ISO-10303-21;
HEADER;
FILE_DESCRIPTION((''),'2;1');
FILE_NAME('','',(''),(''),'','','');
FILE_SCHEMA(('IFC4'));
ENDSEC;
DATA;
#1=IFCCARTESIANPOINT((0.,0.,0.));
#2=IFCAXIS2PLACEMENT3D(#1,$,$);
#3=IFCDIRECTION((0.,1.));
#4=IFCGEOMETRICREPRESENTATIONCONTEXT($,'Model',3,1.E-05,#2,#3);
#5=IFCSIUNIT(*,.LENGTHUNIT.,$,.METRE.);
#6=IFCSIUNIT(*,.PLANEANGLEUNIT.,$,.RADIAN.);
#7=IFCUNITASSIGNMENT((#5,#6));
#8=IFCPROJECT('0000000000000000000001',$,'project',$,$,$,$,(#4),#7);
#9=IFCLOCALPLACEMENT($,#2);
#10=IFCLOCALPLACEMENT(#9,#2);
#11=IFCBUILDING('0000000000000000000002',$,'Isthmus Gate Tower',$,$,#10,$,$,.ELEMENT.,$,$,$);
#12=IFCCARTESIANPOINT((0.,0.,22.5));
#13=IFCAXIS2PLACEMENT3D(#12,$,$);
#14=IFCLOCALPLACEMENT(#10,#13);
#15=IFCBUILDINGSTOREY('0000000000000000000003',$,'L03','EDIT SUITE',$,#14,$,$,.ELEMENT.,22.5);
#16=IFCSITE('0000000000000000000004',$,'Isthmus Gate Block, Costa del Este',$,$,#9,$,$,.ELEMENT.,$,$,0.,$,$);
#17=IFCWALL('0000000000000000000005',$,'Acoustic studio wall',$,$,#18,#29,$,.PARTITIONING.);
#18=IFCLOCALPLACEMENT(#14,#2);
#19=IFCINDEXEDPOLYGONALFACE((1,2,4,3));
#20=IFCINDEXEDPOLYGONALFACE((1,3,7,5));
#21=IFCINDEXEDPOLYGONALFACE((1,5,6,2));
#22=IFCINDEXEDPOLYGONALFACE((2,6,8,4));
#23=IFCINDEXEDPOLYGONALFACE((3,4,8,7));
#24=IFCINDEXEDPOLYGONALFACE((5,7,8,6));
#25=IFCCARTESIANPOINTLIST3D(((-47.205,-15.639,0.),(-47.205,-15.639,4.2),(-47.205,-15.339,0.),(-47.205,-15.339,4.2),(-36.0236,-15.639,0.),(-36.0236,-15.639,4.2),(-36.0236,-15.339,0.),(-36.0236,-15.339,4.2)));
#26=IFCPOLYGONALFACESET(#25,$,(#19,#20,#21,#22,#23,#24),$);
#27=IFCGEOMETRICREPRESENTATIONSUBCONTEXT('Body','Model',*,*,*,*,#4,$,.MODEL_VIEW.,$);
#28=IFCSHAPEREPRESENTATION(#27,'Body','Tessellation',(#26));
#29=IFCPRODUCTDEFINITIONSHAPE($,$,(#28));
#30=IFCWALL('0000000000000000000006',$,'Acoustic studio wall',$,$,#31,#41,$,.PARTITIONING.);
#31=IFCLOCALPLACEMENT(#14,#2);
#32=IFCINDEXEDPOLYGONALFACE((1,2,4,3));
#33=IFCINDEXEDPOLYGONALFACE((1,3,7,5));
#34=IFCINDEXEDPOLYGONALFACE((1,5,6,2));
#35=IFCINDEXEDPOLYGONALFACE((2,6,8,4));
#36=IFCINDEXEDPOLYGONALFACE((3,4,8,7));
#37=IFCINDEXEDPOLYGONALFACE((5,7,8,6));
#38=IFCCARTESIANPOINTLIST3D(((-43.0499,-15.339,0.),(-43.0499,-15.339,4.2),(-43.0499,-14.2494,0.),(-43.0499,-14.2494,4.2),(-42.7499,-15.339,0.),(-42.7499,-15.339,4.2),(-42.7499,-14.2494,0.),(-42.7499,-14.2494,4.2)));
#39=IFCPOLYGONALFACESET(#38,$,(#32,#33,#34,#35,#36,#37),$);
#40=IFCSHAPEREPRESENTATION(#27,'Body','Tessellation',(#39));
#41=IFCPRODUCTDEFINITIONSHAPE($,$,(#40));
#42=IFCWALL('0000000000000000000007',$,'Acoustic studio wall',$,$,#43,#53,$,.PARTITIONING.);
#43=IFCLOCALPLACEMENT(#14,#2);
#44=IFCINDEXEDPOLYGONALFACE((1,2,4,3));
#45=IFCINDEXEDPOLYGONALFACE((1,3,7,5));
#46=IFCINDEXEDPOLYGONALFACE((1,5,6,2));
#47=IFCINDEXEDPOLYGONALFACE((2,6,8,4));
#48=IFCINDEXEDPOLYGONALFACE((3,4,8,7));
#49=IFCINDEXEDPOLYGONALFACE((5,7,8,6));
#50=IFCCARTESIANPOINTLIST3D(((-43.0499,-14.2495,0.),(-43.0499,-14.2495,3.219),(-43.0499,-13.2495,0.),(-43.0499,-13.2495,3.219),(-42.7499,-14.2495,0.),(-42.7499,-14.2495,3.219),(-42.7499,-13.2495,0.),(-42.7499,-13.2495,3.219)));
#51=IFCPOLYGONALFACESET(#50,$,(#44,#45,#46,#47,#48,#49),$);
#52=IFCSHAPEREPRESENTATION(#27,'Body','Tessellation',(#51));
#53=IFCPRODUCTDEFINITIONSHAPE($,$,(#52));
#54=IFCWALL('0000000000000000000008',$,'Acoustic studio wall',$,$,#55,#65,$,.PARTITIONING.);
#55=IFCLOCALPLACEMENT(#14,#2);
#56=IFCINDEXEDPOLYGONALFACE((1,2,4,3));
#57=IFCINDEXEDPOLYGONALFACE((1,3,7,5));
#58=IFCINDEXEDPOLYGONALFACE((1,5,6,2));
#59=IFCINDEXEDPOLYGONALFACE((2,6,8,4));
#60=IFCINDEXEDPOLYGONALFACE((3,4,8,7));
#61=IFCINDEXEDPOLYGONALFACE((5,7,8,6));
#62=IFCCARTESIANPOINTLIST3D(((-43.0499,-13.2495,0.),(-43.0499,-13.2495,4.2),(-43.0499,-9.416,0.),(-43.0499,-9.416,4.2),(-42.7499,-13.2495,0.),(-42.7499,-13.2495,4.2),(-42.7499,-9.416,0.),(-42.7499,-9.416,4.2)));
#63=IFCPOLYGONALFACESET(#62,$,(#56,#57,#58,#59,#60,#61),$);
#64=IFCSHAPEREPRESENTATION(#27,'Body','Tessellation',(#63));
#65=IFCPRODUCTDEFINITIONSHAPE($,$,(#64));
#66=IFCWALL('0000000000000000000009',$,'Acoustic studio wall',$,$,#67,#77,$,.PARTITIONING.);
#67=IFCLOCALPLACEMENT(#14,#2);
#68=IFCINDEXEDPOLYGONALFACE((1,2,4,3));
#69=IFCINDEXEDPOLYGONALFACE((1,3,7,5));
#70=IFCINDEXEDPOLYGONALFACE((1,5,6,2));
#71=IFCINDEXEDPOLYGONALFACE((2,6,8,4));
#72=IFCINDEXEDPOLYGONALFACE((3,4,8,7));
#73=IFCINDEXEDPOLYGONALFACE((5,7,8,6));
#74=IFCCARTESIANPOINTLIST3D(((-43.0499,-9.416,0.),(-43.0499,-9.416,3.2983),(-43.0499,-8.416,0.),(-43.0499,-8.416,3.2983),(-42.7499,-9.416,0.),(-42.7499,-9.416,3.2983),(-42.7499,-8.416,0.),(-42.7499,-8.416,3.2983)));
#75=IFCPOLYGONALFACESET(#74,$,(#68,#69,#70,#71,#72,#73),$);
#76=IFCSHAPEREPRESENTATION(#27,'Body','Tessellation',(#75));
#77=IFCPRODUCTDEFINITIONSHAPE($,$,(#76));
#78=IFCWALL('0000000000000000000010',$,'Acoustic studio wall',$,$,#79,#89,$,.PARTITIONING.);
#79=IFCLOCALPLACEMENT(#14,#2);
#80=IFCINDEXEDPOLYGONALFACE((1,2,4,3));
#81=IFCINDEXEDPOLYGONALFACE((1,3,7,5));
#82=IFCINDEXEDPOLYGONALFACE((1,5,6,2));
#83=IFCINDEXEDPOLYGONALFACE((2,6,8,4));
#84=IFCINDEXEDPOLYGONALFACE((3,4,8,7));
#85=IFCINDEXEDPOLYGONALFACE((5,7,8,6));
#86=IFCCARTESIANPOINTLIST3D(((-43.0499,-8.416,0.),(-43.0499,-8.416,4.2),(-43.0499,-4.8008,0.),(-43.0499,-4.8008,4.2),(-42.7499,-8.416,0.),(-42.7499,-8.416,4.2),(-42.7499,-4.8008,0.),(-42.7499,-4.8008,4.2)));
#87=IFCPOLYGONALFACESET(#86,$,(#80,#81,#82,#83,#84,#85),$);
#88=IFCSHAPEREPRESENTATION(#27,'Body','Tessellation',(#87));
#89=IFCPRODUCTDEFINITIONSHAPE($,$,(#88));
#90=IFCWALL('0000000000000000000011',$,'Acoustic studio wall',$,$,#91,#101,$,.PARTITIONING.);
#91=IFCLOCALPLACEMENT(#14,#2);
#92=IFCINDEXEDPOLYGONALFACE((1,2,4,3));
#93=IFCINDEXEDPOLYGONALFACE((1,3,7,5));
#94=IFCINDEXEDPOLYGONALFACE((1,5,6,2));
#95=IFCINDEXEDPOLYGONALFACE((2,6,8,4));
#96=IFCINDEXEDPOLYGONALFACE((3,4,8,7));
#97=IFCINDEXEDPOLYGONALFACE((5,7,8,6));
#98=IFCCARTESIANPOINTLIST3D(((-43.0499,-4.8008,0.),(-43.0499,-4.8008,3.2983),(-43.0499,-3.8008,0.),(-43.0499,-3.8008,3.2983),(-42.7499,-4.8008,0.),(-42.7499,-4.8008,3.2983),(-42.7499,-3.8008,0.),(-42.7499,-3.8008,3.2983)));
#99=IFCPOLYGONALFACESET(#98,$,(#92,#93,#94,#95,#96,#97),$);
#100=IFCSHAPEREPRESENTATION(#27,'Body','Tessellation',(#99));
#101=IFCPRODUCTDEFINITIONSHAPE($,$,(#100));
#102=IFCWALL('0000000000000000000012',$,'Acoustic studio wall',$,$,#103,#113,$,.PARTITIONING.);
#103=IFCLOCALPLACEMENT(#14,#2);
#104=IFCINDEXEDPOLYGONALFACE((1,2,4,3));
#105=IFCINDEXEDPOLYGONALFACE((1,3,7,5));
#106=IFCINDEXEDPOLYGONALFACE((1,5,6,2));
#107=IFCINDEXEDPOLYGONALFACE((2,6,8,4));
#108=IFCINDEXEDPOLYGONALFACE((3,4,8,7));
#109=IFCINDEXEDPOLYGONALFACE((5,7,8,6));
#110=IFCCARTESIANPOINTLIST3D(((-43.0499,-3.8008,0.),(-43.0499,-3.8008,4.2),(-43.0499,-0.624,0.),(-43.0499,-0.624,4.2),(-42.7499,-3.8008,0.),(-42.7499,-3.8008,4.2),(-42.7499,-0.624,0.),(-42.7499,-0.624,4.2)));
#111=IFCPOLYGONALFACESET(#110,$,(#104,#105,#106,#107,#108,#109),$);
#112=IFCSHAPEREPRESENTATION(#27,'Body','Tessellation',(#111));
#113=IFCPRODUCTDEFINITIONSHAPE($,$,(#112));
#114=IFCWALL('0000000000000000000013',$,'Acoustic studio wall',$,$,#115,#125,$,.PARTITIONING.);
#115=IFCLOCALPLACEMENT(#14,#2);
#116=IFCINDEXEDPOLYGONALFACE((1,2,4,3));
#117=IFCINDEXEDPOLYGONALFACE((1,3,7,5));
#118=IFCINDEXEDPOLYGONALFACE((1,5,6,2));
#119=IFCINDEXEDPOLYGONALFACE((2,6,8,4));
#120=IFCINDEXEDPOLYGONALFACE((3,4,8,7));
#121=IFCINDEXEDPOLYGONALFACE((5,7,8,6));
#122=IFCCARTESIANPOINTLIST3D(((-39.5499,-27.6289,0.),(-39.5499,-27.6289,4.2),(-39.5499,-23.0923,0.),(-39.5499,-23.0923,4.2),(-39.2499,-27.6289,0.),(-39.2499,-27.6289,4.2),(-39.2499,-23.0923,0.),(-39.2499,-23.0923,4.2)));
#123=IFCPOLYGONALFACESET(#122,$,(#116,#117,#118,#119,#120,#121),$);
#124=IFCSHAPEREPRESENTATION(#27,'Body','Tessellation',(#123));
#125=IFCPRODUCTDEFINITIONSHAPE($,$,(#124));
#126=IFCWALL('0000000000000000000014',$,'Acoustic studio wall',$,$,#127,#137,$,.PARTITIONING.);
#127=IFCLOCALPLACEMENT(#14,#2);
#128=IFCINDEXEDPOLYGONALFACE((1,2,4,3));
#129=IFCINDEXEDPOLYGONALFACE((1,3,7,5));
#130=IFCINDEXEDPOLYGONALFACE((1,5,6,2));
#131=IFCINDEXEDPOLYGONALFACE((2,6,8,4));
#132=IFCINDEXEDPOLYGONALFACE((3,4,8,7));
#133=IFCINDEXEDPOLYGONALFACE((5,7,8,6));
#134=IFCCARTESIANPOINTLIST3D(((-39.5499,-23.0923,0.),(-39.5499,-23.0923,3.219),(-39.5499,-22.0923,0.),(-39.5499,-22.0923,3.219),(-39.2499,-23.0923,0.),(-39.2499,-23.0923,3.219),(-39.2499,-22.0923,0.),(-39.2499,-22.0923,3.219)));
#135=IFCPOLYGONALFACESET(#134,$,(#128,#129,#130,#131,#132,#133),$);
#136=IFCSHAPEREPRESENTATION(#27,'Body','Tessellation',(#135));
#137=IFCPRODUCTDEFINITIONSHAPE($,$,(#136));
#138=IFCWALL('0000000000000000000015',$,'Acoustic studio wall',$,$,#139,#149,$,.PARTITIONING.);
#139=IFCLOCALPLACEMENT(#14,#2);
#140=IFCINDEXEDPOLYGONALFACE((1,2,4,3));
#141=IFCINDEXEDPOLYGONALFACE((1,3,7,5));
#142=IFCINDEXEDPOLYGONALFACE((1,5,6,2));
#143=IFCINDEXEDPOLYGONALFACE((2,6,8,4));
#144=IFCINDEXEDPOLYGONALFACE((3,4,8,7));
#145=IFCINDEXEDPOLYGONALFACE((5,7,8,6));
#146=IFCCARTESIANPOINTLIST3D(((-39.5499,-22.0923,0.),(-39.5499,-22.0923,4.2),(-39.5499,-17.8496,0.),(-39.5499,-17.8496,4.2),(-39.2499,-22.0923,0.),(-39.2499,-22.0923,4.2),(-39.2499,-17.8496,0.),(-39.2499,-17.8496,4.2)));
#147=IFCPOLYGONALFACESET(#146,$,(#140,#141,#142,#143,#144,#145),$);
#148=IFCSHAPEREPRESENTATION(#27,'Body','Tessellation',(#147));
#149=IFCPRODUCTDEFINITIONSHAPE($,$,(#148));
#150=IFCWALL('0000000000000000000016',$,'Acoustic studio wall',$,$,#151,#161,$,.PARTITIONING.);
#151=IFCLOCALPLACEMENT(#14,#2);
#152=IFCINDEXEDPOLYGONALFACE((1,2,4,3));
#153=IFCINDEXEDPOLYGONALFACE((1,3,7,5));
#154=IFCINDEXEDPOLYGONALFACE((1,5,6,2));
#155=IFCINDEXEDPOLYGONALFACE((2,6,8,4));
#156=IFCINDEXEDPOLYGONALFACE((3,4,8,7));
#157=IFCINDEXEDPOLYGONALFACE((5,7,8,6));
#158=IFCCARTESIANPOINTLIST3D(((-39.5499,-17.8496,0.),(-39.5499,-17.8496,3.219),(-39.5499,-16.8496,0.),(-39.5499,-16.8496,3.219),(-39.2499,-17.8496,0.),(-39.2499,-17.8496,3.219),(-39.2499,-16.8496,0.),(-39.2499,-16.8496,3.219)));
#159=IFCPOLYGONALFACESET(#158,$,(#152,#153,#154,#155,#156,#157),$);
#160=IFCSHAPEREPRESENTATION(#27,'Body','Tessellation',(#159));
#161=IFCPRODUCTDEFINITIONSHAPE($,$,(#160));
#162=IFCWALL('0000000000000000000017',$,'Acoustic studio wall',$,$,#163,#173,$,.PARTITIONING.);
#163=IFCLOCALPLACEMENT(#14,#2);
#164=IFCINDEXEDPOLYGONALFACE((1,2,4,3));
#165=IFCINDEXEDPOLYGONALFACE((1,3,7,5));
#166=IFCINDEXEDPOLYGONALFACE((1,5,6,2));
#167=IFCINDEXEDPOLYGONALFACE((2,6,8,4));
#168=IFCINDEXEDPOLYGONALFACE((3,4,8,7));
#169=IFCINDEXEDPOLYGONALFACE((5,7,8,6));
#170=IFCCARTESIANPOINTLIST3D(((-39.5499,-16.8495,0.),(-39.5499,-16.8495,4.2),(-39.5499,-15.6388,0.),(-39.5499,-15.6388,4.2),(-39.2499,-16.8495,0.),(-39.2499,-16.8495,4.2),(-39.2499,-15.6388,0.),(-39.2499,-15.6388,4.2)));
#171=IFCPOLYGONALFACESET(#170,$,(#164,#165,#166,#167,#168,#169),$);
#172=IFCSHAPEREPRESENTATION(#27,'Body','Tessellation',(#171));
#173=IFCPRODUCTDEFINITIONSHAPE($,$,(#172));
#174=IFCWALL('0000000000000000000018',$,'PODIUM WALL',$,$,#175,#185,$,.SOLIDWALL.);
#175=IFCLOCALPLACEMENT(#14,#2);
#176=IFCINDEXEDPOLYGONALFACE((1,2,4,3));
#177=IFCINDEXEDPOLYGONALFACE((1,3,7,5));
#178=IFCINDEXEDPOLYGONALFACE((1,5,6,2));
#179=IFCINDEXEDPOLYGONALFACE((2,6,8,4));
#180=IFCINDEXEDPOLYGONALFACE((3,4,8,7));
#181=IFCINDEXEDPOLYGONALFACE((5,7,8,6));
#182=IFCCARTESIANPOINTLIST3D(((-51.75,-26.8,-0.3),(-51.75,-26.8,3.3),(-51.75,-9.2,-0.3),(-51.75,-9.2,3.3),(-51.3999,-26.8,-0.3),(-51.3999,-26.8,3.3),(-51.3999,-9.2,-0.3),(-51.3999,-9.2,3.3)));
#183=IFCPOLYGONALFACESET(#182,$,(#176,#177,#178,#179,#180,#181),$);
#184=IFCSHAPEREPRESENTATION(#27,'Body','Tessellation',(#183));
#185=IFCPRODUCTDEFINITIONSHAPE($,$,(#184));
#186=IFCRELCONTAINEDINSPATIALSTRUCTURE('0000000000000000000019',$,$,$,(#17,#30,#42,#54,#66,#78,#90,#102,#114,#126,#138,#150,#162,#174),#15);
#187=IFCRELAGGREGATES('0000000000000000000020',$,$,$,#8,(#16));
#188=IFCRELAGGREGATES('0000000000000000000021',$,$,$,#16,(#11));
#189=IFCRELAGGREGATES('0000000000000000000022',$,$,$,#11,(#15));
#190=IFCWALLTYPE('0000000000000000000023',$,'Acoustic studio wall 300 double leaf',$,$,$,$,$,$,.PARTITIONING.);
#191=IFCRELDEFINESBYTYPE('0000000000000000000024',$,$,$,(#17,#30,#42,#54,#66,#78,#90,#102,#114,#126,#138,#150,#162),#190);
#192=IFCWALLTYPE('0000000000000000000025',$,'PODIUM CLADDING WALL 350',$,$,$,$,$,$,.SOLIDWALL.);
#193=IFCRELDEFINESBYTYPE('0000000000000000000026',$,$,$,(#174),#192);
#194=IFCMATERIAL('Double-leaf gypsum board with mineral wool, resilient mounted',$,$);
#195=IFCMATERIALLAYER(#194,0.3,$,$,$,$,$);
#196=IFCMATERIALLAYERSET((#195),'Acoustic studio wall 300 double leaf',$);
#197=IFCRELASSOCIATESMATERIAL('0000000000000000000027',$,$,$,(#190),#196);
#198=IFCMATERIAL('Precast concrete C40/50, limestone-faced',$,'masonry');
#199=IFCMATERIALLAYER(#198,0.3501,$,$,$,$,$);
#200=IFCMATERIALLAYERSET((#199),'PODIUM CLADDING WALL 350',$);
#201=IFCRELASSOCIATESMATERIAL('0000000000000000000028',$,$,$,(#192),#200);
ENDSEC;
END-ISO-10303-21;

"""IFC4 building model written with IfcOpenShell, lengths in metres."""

from ifc_helpers import new_model, si_unit, direction, frame, frame_2d, origin, place, context, subcontext, project, spatial, rectangle, extrude, material, layer, layer_set, type_object, element, save


model = new_model("IFC4")

# Units and contexts
model_context = context("Model", 3, precision=1e-05, world=origin(), true_north=direction((0.0, 1.0)))
body_context = subcontext(model_context, "Body", "Model", "MODEL_VIEW")
ifc_project = project(units=[si_unit("LENGTHUNIT", "METRE"), si_unit("PLANEANGLEUNIT", "RADIAN")], contexts=[model_context])

# Site, building, storey
site_placement = place(None, origin())
site = spatial("IfcSite", under=ifc_project, at=site_placement, Name="Isthmus Gate Block, Costa del Este", CompositionType="ELEMENT", RefElevation=0.0)
building_placement = place(site_placement, origin())
building = spatial("IfcBuilding", under=site, at=building_placement, Name="Isthmus Gate Tower", CompositionType="ELEMENT")
storey_placement = place(building_placement, frame((0.0, 0.0, 22.5)))
storey = spatial("IfcBuildingStorey", under=building, at=storey_placement, Name="L03", Description="EDIT SUITE", CompositionType="ELEMENT", Elevation=22.5)

# Walls
ifc_material_1 = material(Name="Double-leaf gypsum board with mineral wool, resilient mounted")
ifc_layer_1 = layer(ifc_material_1, 0.3)
ifc_layer_set_1 = layer_set([ifc_layer_1], Name="Acoustic studio wall 300 double leaf")
wall_type_1 = type_object("IfcWallType", Name="Acoustic studio wall 300 double leaf", PredefinedType="PARTITIONING", material=ifc_layer_set_1)
wall_1_placement = place(storey_placement, frame((-47.2051, -15.489, 0.0), z_axis=(0.0, 0.0, 1.0), x_axis=(1.0, 0.0, 0.0)))
element("IfcWall", 1, at=wall_1_placement, inside=storey, type_object=wall_type_1, Name="Acoustic studio wall", PredefinedType="PARTITIONING", context=body_context, shape_type="SweptSolid", body=[
    extrude(rectangle(XDim=11.1814, YDim=0.3, at=frame_2d((5.5908, 0.0))), origin(), (0.0, 0.0, 1.0), 4.2),
])
wall_2_placement = place(storey_placement, frame((-42.8999, -15.3391, 0.0), z_axis=(0.0, 0.0, 1.0), x_axis=(0.0, 1.0, 0.0)))
element("IfcWall", 2, at=wall_2_placement, inside=storey, type_object=wall_type_1, Name="Acoustic studio wall", PredefinedType="PARTITIONING", context=body_context, shape_type="SweptSolid", body=[
    extrude(rectangle(XDim=1.0896, YDim=0.3, at=frame_2d((0.5449, 0.0))), origin(), (0.0, 0.0, 1.0), 4.2),
])
wall_3_placement = place(storey_placement, frame((-42.8999, -14.2495, 0.0), z_axis=(0.0, 0.0, 1.0), x_axis=(0.0, 1.0, 0.0)))
element("IfcWall", 3, at=wall_3_placement, inside=storey, type_object=wall_type_1, Name="Acoustic studio wall", PredefinedType="PARTITIONING", context=body_context, shape_type="SweptSolid", body=[
    extrude(rectangle(XDim=1.0, YDim=0.3, at=frame_2d((0.5, 0.0))), origin(), (0.0, 0.0, 1.0), 3.219),
])
wall_4_placement = place(storey_placement, frame((-42.8999, -13.2495, 0.0), z_axis=(0.0, 0.0, 1.0), x_axis=(0.0, 1.0, 0.0)))
element("IfcWall", 4, at=wall_4_placement, inside=storey, type_object=wall_type_1, Name="Acoustic studio wall", PredefinedType="PARTITIONING", context=body_context, shape_type="SweptSolid", body=[
    extrude(rectangle(XDim=3.8335, YDim=0.3, at=frame_2d((1.9167, 0.0))), origin(), (0.0, 0.0, 1.0), 4.2),
])
wall_5_placement = place(storey_placement, frame((-42.8999, -9.416, 0.0), z_axis=(0.0, 0.0, 1.0), x_axis=(0.0, 1.0, 0.0)))
element("IfcWall", 5, at=wall_5_placement, inside=storey, type_object=wall_type_1, Name="Acoustic studio wall", PredefinedType="PARTITIONING", context=body_context, shape_type="SweptSolid", body=[
    extrude(rectangle(XDim=1.0, YDim=0.3, at=frame_2d((0.5, 0.0))), origin(), (0.0, 0.0, 1.0), 3.2983),
])
wall_6_placement = place(storey_placement, frame((-42.8999, -8.416, 0.0), z_axis=(0.0, 0.0, 1.0), x_axis=(0.0, 1.0, 0.0)))
element("IfcWall", 6, at=wall_6_placement, inside=storey, type_object=wall_type_1, Name="Acoustic studio wall", PredefinedType="PARTITIONING", context=body_context, shape_type="SweptSolid", body=[
    extrude(rectangle(XDim=3.6152, YDim=0.3, at=frame_2d((1.8076, 0.0))), origin(), (0.0, 0.0, 1.0), 4.2),
])
wall_7_placement = place(storey_placement, frame((-42.8999, -4.8008, 0.0), z_axis=(0.0, 0.0, 1.0), x_axis=(0.0, 1.0, 0.0)))
element("IfcWall", 7, at=wall_7_placement, inside=storey, type_object=wall_type_1, Name="Acoustic studio wall", PredefinedType="PARTITIONING", context=body_context, shape_type="SweptSolid", body=[
    extrude(rectangle(XDim=1.0, YDim=0.3, at=frame_2d((0.5, 0.0))), origin(), (0.0, 0.0, 1.0), 3.2983),
])
wall_8_placement = place(storey_placement, frame((-42.8999, -3.8008, 0.0), z_axis=(0.0, 0.0, 1.0), x_axis=(0.0, 1.0, 0.0)))
element("IfcWall", 8, at=wall_8_placement, inside=storey, type_object=wall_type_1, Name="Acoustic studio wall", PredefinedType="PARTITIONING", context=body_context, shape_type="SweptSolid", body=[
    extrude(rectangle(XDim=3.1768, YDim=0.3, at=frame_2d((1.5884, 0.0))), origin(), (0.0, 0.0, 1.0), 4.2),
])
wall_9_placement = place(storey_placement, frame((-39.3999, -27.6289, 0.0), z_axis=(0.0, 0.0, 1.0), x_axis=(0.0, 1.0, 0.0)))
element("IfcWall", 9, at=wall_9_placement, inside=storey, type_object=wall_type_1, Name="Acoustic studio wall", PredefinedType="PARTITIONING", context=body_context, shape_type="SweptSolid", body=[
    extrude(rectangle(XDim=4.5366, YDim=0.3, at=frame_2d((2.2683, 0.0))), origin(), (0.0, 0.0, 1.0), 4.2),
])
wall_10_placement = place(storey_placement, frame((-39.3999, -23.0923, 0.0), z_axis=(0.0, 0.0, 1.0), x_axis=(0.0, 1.0, 0.0)))
element("IfcWall", 10, at=wall_10_placement, inside=storey, type_object=wall_type_1, Name="Acoustic studio wall", PredefinedType="PARTITIONING", context=body_context, shape_type="SweptSolid", body=[
    extrude(rectangle(XDim=1.0, YDim=0.3, at=frame_2d((0.5, 0.0))), origin(), (0.0, 0.0, 1.0), 3.219),
])
wall_11_placement = place(storey_placement, frame((-39.3999, -22.0923, 0.0), z_axis=(0.0, 0.0, 1.0), x_axis=(0.0, 1.0, 0.0)))
element("IfcWall", 11, at=wall_11_placement, inside=storey, type_object=wall_type_1, Name="Acoustic studio wall", PredefinedType="PARTITIONING", context=body_context, shape_type="SweptSolid", body=[
    extrude(rectangle(XDim=4.2427, YDim=0.3, at=frame_2d((2.1213, 0.0))), origin(), (0.0, 0.0, 1.0), 4.2),
])
wall_12_placement = place(storey_placement, frame((-39.3999, -17.8496, 0.0), z_axis=(0.0, 0.0, 1.0), x_axis=(0.0, 1.0, 0.0)))
element("IfcWall", 12, at=wall_12_placement, inside=storey, type_object=wall_type_1, Name="Acoustic studio wall", PredefinedType="PARTITIONING", context=body_context, shape_type="SweptSolid", body=[
    extrude(rectangle(XDim=1.0, YDim=0.3, at=frame_2d((0.5, 0.0))), origin(), (0.0, 0.0, 1.0), 3.219),
])
wall_13_placement = place(storey_placement, frame((-39.3999, -16.8496, 0.0), z_axis=(0.0, 0.0, 1.0), x_axis=(0.0, 1.0, 0.0)))
element("IfcWall", 13, at=wall_13_placement, inside=storey, type_object=wall_type_1, Name="Acoustic studio wall", PredefinedType="PARTITIONING", context=body_context, shape_type="SweptSolid", body=[
    extrude(rectangle(XDim=1.2107, YDim=0.3, at=frame_2d((0.6055, 0.0))), origin(), (0.0, 0.0, 1.0), 4.2),
])
ifc_material_2 = material(Name="Precast concrete C40/50, limestone-faced", Category="masonry")
ifc_layer_2 = layer(ifc_material_2, 0.3501)
ifc_layer_set_2 = layer_set([ifc_layer_2], Name="PODIUM CLADDING WALL 350")
wall_type_2 = type_object("IfcWallType", Name="PODIUM CLADDING WALL 350", PredefinedType="SOLIDWALL", material=ifc_layer_set_2)
wall_14_placement = place(storey_placement, frame((-51.575, -9.2, -0.3), z_axis=(0.0, 0.0, 1.0), x_axis=(0.0, -1.0, 0.0)))
element("IfcWall", 14, at=wall_14_placement, inside=storey, type_object=wall_type_2, Name="PODIUM WALL", PredefinedType="SOLIDWALL", context=body_context, shape_type="SweptSolid", body=[
    extrude(rectangle(XDim=17.6001, YDim=0.3501, at=frame_2d((8.8, 0.0))), origin(), (0.0, 0.0, 1.0), 3.6001),
])

save(model, "model.ifc")
